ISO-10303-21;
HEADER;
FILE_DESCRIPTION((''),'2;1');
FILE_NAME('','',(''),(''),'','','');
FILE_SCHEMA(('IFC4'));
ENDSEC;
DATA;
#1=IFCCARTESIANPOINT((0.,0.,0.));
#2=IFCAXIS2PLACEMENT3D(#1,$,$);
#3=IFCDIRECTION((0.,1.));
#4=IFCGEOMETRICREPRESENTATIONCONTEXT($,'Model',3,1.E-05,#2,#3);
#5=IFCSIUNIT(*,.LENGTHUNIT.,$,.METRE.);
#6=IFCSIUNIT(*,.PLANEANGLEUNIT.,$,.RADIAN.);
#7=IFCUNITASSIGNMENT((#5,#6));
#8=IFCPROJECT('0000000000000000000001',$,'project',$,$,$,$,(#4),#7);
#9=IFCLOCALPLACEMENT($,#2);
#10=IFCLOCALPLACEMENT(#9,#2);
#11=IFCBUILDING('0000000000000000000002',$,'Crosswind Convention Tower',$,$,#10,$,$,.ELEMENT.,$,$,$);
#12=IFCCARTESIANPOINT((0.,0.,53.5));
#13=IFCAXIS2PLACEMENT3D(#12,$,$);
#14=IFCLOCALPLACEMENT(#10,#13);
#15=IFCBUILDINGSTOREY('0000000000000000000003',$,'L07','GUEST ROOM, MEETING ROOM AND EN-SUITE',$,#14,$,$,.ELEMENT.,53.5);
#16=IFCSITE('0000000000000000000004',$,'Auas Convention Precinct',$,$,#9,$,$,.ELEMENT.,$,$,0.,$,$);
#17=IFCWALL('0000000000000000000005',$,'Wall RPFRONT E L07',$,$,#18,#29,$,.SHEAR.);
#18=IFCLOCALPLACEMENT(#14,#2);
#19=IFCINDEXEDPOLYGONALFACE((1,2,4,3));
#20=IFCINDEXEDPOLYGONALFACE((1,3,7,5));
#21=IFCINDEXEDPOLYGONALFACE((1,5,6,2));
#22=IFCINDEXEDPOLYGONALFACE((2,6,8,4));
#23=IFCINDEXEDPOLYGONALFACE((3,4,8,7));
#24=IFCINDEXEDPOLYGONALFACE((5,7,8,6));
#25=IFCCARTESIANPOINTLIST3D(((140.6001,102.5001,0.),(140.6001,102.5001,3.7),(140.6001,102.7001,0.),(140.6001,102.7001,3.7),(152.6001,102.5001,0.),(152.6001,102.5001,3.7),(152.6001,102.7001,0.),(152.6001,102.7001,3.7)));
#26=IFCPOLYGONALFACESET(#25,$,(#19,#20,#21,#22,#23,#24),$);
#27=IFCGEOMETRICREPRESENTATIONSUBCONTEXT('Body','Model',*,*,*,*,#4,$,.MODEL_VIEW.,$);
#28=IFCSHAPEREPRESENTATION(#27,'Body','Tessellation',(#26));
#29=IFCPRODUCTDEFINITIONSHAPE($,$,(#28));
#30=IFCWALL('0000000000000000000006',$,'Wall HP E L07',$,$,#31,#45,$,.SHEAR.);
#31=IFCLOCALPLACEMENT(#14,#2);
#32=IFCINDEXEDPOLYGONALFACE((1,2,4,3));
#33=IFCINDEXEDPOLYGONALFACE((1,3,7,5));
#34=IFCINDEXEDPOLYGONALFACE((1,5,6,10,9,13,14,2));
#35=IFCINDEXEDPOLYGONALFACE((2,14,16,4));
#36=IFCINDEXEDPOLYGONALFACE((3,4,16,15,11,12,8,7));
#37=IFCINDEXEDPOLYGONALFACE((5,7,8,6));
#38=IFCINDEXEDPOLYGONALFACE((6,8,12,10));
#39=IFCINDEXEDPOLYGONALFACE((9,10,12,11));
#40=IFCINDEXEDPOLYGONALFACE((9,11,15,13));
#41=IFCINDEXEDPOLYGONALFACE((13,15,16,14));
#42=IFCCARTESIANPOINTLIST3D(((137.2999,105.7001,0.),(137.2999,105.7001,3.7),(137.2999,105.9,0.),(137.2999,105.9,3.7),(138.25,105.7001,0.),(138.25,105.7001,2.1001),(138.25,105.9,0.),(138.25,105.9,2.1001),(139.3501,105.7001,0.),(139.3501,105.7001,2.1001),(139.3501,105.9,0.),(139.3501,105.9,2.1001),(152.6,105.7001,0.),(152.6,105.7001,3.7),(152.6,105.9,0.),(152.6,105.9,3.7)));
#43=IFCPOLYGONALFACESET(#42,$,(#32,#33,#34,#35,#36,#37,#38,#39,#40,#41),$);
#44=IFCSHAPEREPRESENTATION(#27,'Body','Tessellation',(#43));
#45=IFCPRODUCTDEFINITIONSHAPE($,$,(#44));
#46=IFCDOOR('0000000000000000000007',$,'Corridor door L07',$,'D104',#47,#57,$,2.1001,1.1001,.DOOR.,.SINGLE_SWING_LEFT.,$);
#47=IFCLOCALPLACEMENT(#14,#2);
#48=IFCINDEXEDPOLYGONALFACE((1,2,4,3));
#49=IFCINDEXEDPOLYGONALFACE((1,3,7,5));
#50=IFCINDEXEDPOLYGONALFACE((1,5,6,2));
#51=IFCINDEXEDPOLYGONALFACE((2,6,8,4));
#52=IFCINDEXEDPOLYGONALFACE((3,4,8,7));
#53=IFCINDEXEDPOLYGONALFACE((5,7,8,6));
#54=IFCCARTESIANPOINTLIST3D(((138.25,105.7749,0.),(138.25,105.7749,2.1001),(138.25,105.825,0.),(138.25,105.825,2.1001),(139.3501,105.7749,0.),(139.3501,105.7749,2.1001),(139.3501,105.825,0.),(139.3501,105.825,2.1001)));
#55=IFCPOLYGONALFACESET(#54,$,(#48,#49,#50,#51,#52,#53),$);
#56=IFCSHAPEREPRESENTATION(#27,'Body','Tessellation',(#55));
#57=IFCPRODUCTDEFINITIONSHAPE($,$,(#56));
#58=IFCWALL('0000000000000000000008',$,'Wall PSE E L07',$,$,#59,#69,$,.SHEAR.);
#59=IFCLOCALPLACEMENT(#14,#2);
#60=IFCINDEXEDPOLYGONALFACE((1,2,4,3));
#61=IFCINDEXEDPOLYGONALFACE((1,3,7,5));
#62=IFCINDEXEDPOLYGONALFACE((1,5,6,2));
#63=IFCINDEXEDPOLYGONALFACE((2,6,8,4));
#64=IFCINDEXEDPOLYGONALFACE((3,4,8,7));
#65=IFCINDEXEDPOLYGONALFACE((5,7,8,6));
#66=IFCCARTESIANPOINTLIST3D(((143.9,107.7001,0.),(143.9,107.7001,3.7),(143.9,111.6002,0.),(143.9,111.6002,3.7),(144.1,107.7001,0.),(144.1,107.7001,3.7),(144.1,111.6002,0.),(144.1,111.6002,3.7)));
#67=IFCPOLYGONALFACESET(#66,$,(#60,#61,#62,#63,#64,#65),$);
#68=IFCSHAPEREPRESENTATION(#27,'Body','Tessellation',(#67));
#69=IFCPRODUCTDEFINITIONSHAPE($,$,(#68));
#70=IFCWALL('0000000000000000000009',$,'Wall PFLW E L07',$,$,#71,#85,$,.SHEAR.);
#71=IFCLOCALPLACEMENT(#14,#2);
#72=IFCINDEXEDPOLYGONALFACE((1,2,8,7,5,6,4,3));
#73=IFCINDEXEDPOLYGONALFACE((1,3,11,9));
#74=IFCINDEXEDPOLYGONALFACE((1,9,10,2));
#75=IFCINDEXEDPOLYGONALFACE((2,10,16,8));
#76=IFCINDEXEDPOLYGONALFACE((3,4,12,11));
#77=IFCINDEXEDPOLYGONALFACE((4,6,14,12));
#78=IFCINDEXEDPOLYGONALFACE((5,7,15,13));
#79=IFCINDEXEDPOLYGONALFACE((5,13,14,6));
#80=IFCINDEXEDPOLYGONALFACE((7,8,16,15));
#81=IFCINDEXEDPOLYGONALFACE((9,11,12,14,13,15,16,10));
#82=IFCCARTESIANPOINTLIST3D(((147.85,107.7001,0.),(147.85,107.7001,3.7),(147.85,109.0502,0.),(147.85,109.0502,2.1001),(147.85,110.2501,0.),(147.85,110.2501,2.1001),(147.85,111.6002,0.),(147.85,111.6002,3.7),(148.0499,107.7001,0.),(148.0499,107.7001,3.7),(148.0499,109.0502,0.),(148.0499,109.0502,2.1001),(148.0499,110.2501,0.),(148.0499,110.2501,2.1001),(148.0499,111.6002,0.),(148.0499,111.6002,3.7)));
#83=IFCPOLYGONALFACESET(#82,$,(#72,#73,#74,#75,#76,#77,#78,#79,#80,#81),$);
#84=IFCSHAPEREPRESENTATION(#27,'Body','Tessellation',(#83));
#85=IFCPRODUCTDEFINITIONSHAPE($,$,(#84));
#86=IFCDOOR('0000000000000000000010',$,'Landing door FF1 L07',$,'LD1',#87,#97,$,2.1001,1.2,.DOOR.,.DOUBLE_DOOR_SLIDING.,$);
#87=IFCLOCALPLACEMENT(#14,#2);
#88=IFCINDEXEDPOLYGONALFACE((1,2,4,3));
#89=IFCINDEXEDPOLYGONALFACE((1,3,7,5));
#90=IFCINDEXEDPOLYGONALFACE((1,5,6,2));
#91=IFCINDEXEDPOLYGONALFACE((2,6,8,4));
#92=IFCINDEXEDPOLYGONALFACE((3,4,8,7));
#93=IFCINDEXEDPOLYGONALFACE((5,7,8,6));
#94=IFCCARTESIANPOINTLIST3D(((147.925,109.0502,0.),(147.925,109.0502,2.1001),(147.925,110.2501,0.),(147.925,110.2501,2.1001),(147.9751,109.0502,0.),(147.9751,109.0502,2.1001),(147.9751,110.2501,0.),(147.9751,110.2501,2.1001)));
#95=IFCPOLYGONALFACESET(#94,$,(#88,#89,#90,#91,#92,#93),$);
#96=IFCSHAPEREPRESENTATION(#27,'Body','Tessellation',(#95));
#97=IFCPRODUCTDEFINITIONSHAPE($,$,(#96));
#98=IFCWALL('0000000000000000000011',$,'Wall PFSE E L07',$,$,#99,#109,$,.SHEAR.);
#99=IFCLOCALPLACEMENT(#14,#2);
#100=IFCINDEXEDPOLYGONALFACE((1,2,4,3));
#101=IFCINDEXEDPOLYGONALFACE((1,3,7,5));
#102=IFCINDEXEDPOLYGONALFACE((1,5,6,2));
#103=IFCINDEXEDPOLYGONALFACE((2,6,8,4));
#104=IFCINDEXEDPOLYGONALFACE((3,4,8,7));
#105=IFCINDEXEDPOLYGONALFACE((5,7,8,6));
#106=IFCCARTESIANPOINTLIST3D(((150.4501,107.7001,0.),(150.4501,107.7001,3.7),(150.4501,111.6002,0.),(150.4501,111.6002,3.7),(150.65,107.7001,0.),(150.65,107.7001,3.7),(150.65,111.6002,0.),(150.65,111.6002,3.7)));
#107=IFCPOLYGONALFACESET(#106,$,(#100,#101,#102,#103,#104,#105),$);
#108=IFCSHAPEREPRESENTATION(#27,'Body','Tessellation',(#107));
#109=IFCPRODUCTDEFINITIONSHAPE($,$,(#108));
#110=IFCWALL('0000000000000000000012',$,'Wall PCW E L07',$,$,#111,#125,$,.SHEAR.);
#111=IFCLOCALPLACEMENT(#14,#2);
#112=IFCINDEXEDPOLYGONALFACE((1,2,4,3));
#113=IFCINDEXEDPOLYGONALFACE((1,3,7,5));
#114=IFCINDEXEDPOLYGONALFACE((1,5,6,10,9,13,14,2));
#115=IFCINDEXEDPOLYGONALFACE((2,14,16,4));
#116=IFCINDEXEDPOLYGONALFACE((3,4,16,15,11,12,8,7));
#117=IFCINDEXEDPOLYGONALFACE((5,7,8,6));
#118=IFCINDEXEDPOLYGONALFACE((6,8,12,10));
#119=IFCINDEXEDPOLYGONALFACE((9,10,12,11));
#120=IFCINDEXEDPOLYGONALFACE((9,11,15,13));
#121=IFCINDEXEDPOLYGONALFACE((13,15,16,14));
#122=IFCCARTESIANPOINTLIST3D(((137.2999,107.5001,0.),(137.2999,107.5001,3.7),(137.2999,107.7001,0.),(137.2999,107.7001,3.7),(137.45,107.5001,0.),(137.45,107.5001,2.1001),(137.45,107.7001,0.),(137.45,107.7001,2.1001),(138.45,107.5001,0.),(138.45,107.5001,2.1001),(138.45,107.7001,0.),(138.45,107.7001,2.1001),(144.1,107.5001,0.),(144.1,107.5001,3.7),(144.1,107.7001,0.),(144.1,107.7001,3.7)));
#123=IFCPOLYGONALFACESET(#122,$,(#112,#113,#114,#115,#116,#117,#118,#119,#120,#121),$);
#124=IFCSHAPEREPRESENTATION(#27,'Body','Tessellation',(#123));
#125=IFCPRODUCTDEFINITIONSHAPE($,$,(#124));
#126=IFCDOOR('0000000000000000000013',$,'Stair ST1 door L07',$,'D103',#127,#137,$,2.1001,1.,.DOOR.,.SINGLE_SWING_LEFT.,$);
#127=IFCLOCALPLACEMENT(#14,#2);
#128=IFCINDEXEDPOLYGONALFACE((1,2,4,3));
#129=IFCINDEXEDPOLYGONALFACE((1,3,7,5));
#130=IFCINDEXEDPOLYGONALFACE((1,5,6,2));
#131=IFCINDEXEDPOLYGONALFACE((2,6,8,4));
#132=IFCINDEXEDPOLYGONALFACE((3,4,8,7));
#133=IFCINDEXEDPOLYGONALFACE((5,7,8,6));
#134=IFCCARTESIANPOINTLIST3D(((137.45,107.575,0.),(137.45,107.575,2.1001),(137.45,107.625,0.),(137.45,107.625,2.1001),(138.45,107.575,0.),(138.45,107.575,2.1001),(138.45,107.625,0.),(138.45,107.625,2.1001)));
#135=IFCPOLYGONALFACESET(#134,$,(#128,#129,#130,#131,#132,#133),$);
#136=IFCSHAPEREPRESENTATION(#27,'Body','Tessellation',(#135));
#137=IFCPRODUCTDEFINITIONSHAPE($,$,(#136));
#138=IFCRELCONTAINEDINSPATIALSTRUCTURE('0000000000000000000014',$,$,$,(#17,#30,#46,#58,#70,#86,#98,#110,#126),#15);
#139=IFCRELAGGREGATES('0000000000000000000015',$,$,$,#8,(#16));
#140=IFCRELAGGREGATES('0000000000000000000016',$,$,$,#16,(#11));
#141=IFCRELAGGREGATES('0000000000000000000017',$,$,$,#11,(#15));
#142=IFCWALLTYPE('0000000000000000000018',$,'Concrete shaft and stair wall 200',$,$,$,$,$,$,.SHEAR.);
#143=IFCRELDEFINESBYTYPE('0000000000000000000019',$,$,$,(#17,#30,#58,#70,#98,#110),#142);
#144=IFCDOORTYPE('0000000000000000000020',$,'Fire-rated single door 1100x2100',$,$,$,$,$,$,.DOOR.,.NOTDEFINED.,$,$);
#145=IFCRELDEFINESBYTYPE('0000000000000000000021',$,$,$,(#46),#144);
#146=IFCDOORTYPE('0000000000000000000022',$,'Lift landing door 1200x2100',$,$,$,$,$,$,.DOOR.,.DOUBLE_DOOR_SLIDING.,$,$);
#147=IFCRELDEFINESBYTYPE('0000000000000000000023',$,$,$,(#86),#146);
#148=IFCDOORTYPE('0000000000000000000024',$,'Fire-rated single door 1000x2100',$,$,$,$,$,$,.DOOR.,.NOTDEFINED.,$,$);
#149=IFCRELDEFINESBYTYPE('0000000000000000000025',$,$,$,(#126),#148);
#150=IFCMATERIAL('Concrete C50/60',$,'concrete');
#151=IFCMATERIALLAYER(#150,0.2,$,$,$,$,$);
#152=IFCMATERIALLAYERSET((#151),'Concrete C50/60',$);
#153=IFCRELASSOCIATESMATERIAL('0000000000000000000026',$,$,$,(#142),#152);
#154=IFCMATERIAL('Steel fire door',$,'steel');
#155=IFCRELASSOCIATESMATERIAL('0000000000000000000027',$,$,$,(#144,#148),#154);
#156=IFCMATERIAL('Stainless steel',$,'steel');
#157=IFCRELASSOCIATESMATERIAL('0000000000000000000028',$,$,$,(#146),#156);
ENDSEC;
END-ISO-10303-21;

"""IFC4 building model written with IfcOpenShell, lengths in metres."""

from ifc_helpers import new_model, si_unit, direction, frame, frame_2d, origin, place, context, subcontext, project, spatial, rectangle, extrude, material, layer, layer_set, type_object, element, fill, save


model = new_model("IFC4")

# Units and contexts
model_context = context("Model", 3, precision=1e-05, world=origin(), true_north=direction((0.0, 1.0)))
body_context = subcontext(model_context, "Body", "Model", "MODEL_VIEW")
ifc_project = project(units=[si_unit("LENGTHUNIT", "METRE"), si_unit("PLANEANGLEUNIT", "RADIAN")], contexts=[model_context])

# Site, building, storey
site_placement = place(None, origin())
site = spatial("IfcSite", under=ifc_project, at=site_placement, Name="Auas Convention Precinct", CompositionType="ELEMENT", RefElevation=0.0)
building_placement = place(site_placement, origin())
building = spatial("IfcBuilding", under=site, at=building_placement, Name="Crosswind Convention Tower", CompositionType="ELEMENT")
storey_placement = place(building_placement, frame((0.0, 0.0, 53.5)))
storey = spatial("IfcBuildingStorey", under=building, at=storey_placement, Name="L07", Description="GUEST ROOM, MEETING ROOM AND EN-SUITE", CompositionType="ELEMENT", Elevation=53.5)

# Wall
ifc_material_1 = material(Name="Concrete C50/60", Category="concrete")
ifc_layer_1 = layer(ifc_material_1, 0.2)
ifc_layer_set_1 = layer_set([ifc_layer_1], Name="Concrete C50/60")
wall_type_1 = type_object("IfcWallType", Name="Concrete shaft and stair wall 200", PredefinedType="SHEAR", material=ifc_layer_set_1)
wall_1_placement = place(storey_placement, frame((140.6001, 102.6001, 0.0), z_axis=(0.0, 0.0, 1.0), x_axis=(1.0, 0.0, 0.0)))
element("IfcWall", 1, at=wall_1_placement, inside=storey, type_object=wall_type_1, Name="Wall RPFRONT E L07", PredefinedType="SHEAR", context=body_context, shape_type="SweptSolid", body=[
    extrude(rectangle(XDim=12.0, YDim=0.2, at=frame_2d((6.0, 0.0))), origin(), (0.0, 0.0, 1.0), 3.7),
])

# Wall, opening, door
wall_2_placement = place(storey_placement, frame((137.3, 105.8, 0.0), z_axis=(0.0, 0.0, 1.0), x_axis=(1.0, 0.0, 0.0)))
wall_2 = element("IfcWall", 2, at=wall_2_placement, inside=storey, type_object=wall_type_1, Name="Wall HP E L07", PredefinedType="SHEAR", context=body_context, shape_type="SweptSolid", body=[
    extrude(rectangle(XDim=15.3, YDim=0.2, at=frame_2d((7.6499, 0.0))), origin(), (0.0, 0.0, 1.0), 3.7),
])
opening_1_placement = place(wall_2_placement, frame((0.95, 0.0, 0.0)))
opening_1 = element("IfcOpeningElement", 3, at=opening_1_placement, cuts=wall_2, PredefinedType="OPENING", context=body_context, shape_type="SweptSolid", body=[
    extrude(rectangle(XDim=1.1001, YDim=2.1001, at=frame_2d((0.55, 1.05))), frame((0.0, 0.1099, 0.0), z_axis=(0.0, -1.0, 0.0), x_axis=(1.0, 0.0, 0.0)), (0.0, 0.0, 1.0), 0.22),
])
ifc_material_2 = material(Name="Steel fire door", Category="steel")
door_type_1 = type_object("IfcDoorType", Name="Fire-rated single door 1100x2100", OperationType="NOTDEFINED", PredefinedType="DOOR", material=ifc_material_2)
door_1_placement = place(opening_1_placement, origin())
door_1 = element("IfcDoor", 4, at=door_1_placement, inside=storey, type_object=door_type_1, Name="Corridor door L07", ObjectType="D104", OperationType="SINGLE_SWING_LEFT", OverallHeight=2.1001, OverallWidth=1.1001, PredefinedType="DOOR", context=body_context, shape_type="SweptSolid", body=[
    extrude(rectangle(XDim=1.1001, YDim=2.1001, at=frame_2d((0.55, 1.05))), frame((0.0, 0.0249, 0.0), z_axis=(0.0, -1.0, 0.0), x_axis=(1.0, 0.0, 0.0)), (0.0, 0.0, 1.0), 0.05),
])
fill(opening_1, door_1)

# Wall
wall_3_placement = place(storey_placement, frame((144.0, 107.7, 0.0), z_axis=(0.0, 0.0, 1.0), x_axis=(0.0, 1.0, 0.0)))
element("IfcWall", 5, at=wall_3_placement, inside=storey, type_object=wall_type_1, Name="Wall PSE E L07", PredefinedType="SHEAR", context=body_context, shape_type="SweptSolid", body=[
    extrude(rectangle(XDim=3.9001, YDim=0.2, at=frame_2d((1.9502, 0.0))), origin(), (0.0, 0.0, 1.0), 3.7),
])

# Wall, opening, door
wall_4_placement = place(storey_placement, frame((147.95, 107.7, 0.0), z_axis=(0.0, 0.0, 1.0), x_axis=(0.0, 1.0, 0.0)))
wall_4 = element("IfcWall", 6, at=wall_4_placement, inside=storey, type_object=wall_type_1, Name="Wall PFLW E L07", PredefinedType="SHEAR", context=body_context, shape_type="SweptSolid", body=[
    extrude(rectangle(XDim=3.9001, YDim=0.2, at=frame_2d((1.9502, 0.0))), origin(), (0.0, 0.0, 1.0), 3.7),
])
opening_2_placement = place(wall_4_placement, frame((1.3501, 0.0, 0.0)))
opening_2 = element("IfcOpeningElement", 7, at=opening_2_placement, cuts=wall_4, PredefinedType="OPENING", context=body_context, shape_type="SweptSolid", body=[
    extrude(rectangle(XDim=1.2, YDim=2.1001, at=frame_2d((0.6001, 1.05))), frame((0.0, 0.1099, 0.0), z_axis=(0.0, -1.0, 0.0), x_axis=(1.0, 0.0, 0.0)), (0.0, 0.0, 1.0), 0.22),
])
ifc_material_3 = material(Name="Stainless steel", Category="steel")
door_type_2 = type_object("IfcDoorType", Name="Lift landing door 1200x2100", OperationType="DOUBLE_DOOR_SLIDING", PredefinedType="DOOR", material=ifc_material_3)
door_2_placement = place(opening_2_placement, origin())
door_2 = element("IfcDoor", 8, at=door_2_placement, inside=storey, type_object=door_type_2, Name="Landing door FF1 L07", ObjectType="LD1", OperationType="DOUBLE_DOOR_SLIDING", OverallHeight=2.1001, OverallWidth=1.2, PredefinedType="DOOR", context=body_context, shape_type="SweptSolid", body=[
    extrude(rectangle(XDim=1.2, YDim=2.1001, at=frame_2d((0.6001, 1.05))), frame((0.0, 0.0249, 0.0), z_axis=(0.0, -1.0, 0.0), x_axis=(1.0, 0.0, 0.0)), (0.0, 0.0, 1.0), 0.05),
])
fill(opening_2, door_2)

# Wall
wall_5_placement = place(storey_placement, frame((150.55, 107.7, 0.0), z_axis=(0.0, 0.0, 1.0), x_axis=(0.0, 1.0, 0.0)))
element("IfcWall", 9, at=wall_5_placement, inside=storey, type_object=wall_type_1, Name="Wall PFSE E L07", PredefinedType="SHEAR", context=body_context, shape_type="SweptSolid", body=[
    extrude(rectangle(XDim=3.9001, YDim=0.2, at=frame_2d((1.9502, 0.0))), origin(), (0.0, 0.0, 1.0), 3.7),
])

# Wall, opening, door
wall_6_placement = place(storey_placement, frame((137.3, 107.6001, 0.0), z_axis=(0.0, 0.0, 1.0), x_axis=(1.0, 0.0, 0.0)))
wall_6 = element("IfcWall", 10, at=wall_6_placement, inside=storey, type_object=wall_type_1, Name="Wall PCW E L07", PredefinedType="SHEAR", context=body_context, shape_type="SweptSolid", body=[
    extrude(rectangle(XDim=6.8, YDim=0.2, at=frame_2d((3.3999, 0.0))), origin(), (0.0, 0.0, 1.0), 3.7),
])
opening_3_placement = place(wall_6_placement, frame((0.1499, 0.0, 0.0)))
opening_3 = element("IfcOpeningElement", 11, at=opening_3_placement, cuts=wall_6, PredefinedType="OPENING", context=body_context, shape_type="SweptSolid", body=[
    extrude(rectangle(XDim=1.0, YDim=2.1001, at=frame_2d((0.5, 1.05))), frame((0.0, 0.1099, 0.0), z_axis=(0.0, -1.0, 0.0), x_axis=(1.0, 0.0, 0.0)), (0.0, 0.0, 1.0), 0.22),
])
door_type_3 = type_object("IfcDoorType", Name="Fire-rated single door 1000x2100", OperationType="NOTDEFINED", PredefinedType="DOOR", material=ifc_material_2)
door_3_placement = place(opening_3_placement, origin())
door_3 = element("IfcDoor", 12, at=door_3_placement, inside=storey, type_object=door_type_3, Name="Stair ST1 door L07", ObjectType="D103", OperationType="SINGLE_SWING_LEFT", OverallHeight=2.1001, OverallWidth=1.0, PredefinedType="DOOR", context=body_context, shape_type="SweptSolid", body=[
    extrude(rectangle(XDim=1.0, YDim=2.1001, at=frame_2d((0.5, 1.05))), frame((0.0, 0.0249, 0.0), z_axis=(0.0, -1.0, 0.0), x_axis=(1.0, 0.0, 0.0)), (0.0, 0.0, 1.0), 0.05),
])
fill(opening_3, door_3)

save(model, "model.ifc")
